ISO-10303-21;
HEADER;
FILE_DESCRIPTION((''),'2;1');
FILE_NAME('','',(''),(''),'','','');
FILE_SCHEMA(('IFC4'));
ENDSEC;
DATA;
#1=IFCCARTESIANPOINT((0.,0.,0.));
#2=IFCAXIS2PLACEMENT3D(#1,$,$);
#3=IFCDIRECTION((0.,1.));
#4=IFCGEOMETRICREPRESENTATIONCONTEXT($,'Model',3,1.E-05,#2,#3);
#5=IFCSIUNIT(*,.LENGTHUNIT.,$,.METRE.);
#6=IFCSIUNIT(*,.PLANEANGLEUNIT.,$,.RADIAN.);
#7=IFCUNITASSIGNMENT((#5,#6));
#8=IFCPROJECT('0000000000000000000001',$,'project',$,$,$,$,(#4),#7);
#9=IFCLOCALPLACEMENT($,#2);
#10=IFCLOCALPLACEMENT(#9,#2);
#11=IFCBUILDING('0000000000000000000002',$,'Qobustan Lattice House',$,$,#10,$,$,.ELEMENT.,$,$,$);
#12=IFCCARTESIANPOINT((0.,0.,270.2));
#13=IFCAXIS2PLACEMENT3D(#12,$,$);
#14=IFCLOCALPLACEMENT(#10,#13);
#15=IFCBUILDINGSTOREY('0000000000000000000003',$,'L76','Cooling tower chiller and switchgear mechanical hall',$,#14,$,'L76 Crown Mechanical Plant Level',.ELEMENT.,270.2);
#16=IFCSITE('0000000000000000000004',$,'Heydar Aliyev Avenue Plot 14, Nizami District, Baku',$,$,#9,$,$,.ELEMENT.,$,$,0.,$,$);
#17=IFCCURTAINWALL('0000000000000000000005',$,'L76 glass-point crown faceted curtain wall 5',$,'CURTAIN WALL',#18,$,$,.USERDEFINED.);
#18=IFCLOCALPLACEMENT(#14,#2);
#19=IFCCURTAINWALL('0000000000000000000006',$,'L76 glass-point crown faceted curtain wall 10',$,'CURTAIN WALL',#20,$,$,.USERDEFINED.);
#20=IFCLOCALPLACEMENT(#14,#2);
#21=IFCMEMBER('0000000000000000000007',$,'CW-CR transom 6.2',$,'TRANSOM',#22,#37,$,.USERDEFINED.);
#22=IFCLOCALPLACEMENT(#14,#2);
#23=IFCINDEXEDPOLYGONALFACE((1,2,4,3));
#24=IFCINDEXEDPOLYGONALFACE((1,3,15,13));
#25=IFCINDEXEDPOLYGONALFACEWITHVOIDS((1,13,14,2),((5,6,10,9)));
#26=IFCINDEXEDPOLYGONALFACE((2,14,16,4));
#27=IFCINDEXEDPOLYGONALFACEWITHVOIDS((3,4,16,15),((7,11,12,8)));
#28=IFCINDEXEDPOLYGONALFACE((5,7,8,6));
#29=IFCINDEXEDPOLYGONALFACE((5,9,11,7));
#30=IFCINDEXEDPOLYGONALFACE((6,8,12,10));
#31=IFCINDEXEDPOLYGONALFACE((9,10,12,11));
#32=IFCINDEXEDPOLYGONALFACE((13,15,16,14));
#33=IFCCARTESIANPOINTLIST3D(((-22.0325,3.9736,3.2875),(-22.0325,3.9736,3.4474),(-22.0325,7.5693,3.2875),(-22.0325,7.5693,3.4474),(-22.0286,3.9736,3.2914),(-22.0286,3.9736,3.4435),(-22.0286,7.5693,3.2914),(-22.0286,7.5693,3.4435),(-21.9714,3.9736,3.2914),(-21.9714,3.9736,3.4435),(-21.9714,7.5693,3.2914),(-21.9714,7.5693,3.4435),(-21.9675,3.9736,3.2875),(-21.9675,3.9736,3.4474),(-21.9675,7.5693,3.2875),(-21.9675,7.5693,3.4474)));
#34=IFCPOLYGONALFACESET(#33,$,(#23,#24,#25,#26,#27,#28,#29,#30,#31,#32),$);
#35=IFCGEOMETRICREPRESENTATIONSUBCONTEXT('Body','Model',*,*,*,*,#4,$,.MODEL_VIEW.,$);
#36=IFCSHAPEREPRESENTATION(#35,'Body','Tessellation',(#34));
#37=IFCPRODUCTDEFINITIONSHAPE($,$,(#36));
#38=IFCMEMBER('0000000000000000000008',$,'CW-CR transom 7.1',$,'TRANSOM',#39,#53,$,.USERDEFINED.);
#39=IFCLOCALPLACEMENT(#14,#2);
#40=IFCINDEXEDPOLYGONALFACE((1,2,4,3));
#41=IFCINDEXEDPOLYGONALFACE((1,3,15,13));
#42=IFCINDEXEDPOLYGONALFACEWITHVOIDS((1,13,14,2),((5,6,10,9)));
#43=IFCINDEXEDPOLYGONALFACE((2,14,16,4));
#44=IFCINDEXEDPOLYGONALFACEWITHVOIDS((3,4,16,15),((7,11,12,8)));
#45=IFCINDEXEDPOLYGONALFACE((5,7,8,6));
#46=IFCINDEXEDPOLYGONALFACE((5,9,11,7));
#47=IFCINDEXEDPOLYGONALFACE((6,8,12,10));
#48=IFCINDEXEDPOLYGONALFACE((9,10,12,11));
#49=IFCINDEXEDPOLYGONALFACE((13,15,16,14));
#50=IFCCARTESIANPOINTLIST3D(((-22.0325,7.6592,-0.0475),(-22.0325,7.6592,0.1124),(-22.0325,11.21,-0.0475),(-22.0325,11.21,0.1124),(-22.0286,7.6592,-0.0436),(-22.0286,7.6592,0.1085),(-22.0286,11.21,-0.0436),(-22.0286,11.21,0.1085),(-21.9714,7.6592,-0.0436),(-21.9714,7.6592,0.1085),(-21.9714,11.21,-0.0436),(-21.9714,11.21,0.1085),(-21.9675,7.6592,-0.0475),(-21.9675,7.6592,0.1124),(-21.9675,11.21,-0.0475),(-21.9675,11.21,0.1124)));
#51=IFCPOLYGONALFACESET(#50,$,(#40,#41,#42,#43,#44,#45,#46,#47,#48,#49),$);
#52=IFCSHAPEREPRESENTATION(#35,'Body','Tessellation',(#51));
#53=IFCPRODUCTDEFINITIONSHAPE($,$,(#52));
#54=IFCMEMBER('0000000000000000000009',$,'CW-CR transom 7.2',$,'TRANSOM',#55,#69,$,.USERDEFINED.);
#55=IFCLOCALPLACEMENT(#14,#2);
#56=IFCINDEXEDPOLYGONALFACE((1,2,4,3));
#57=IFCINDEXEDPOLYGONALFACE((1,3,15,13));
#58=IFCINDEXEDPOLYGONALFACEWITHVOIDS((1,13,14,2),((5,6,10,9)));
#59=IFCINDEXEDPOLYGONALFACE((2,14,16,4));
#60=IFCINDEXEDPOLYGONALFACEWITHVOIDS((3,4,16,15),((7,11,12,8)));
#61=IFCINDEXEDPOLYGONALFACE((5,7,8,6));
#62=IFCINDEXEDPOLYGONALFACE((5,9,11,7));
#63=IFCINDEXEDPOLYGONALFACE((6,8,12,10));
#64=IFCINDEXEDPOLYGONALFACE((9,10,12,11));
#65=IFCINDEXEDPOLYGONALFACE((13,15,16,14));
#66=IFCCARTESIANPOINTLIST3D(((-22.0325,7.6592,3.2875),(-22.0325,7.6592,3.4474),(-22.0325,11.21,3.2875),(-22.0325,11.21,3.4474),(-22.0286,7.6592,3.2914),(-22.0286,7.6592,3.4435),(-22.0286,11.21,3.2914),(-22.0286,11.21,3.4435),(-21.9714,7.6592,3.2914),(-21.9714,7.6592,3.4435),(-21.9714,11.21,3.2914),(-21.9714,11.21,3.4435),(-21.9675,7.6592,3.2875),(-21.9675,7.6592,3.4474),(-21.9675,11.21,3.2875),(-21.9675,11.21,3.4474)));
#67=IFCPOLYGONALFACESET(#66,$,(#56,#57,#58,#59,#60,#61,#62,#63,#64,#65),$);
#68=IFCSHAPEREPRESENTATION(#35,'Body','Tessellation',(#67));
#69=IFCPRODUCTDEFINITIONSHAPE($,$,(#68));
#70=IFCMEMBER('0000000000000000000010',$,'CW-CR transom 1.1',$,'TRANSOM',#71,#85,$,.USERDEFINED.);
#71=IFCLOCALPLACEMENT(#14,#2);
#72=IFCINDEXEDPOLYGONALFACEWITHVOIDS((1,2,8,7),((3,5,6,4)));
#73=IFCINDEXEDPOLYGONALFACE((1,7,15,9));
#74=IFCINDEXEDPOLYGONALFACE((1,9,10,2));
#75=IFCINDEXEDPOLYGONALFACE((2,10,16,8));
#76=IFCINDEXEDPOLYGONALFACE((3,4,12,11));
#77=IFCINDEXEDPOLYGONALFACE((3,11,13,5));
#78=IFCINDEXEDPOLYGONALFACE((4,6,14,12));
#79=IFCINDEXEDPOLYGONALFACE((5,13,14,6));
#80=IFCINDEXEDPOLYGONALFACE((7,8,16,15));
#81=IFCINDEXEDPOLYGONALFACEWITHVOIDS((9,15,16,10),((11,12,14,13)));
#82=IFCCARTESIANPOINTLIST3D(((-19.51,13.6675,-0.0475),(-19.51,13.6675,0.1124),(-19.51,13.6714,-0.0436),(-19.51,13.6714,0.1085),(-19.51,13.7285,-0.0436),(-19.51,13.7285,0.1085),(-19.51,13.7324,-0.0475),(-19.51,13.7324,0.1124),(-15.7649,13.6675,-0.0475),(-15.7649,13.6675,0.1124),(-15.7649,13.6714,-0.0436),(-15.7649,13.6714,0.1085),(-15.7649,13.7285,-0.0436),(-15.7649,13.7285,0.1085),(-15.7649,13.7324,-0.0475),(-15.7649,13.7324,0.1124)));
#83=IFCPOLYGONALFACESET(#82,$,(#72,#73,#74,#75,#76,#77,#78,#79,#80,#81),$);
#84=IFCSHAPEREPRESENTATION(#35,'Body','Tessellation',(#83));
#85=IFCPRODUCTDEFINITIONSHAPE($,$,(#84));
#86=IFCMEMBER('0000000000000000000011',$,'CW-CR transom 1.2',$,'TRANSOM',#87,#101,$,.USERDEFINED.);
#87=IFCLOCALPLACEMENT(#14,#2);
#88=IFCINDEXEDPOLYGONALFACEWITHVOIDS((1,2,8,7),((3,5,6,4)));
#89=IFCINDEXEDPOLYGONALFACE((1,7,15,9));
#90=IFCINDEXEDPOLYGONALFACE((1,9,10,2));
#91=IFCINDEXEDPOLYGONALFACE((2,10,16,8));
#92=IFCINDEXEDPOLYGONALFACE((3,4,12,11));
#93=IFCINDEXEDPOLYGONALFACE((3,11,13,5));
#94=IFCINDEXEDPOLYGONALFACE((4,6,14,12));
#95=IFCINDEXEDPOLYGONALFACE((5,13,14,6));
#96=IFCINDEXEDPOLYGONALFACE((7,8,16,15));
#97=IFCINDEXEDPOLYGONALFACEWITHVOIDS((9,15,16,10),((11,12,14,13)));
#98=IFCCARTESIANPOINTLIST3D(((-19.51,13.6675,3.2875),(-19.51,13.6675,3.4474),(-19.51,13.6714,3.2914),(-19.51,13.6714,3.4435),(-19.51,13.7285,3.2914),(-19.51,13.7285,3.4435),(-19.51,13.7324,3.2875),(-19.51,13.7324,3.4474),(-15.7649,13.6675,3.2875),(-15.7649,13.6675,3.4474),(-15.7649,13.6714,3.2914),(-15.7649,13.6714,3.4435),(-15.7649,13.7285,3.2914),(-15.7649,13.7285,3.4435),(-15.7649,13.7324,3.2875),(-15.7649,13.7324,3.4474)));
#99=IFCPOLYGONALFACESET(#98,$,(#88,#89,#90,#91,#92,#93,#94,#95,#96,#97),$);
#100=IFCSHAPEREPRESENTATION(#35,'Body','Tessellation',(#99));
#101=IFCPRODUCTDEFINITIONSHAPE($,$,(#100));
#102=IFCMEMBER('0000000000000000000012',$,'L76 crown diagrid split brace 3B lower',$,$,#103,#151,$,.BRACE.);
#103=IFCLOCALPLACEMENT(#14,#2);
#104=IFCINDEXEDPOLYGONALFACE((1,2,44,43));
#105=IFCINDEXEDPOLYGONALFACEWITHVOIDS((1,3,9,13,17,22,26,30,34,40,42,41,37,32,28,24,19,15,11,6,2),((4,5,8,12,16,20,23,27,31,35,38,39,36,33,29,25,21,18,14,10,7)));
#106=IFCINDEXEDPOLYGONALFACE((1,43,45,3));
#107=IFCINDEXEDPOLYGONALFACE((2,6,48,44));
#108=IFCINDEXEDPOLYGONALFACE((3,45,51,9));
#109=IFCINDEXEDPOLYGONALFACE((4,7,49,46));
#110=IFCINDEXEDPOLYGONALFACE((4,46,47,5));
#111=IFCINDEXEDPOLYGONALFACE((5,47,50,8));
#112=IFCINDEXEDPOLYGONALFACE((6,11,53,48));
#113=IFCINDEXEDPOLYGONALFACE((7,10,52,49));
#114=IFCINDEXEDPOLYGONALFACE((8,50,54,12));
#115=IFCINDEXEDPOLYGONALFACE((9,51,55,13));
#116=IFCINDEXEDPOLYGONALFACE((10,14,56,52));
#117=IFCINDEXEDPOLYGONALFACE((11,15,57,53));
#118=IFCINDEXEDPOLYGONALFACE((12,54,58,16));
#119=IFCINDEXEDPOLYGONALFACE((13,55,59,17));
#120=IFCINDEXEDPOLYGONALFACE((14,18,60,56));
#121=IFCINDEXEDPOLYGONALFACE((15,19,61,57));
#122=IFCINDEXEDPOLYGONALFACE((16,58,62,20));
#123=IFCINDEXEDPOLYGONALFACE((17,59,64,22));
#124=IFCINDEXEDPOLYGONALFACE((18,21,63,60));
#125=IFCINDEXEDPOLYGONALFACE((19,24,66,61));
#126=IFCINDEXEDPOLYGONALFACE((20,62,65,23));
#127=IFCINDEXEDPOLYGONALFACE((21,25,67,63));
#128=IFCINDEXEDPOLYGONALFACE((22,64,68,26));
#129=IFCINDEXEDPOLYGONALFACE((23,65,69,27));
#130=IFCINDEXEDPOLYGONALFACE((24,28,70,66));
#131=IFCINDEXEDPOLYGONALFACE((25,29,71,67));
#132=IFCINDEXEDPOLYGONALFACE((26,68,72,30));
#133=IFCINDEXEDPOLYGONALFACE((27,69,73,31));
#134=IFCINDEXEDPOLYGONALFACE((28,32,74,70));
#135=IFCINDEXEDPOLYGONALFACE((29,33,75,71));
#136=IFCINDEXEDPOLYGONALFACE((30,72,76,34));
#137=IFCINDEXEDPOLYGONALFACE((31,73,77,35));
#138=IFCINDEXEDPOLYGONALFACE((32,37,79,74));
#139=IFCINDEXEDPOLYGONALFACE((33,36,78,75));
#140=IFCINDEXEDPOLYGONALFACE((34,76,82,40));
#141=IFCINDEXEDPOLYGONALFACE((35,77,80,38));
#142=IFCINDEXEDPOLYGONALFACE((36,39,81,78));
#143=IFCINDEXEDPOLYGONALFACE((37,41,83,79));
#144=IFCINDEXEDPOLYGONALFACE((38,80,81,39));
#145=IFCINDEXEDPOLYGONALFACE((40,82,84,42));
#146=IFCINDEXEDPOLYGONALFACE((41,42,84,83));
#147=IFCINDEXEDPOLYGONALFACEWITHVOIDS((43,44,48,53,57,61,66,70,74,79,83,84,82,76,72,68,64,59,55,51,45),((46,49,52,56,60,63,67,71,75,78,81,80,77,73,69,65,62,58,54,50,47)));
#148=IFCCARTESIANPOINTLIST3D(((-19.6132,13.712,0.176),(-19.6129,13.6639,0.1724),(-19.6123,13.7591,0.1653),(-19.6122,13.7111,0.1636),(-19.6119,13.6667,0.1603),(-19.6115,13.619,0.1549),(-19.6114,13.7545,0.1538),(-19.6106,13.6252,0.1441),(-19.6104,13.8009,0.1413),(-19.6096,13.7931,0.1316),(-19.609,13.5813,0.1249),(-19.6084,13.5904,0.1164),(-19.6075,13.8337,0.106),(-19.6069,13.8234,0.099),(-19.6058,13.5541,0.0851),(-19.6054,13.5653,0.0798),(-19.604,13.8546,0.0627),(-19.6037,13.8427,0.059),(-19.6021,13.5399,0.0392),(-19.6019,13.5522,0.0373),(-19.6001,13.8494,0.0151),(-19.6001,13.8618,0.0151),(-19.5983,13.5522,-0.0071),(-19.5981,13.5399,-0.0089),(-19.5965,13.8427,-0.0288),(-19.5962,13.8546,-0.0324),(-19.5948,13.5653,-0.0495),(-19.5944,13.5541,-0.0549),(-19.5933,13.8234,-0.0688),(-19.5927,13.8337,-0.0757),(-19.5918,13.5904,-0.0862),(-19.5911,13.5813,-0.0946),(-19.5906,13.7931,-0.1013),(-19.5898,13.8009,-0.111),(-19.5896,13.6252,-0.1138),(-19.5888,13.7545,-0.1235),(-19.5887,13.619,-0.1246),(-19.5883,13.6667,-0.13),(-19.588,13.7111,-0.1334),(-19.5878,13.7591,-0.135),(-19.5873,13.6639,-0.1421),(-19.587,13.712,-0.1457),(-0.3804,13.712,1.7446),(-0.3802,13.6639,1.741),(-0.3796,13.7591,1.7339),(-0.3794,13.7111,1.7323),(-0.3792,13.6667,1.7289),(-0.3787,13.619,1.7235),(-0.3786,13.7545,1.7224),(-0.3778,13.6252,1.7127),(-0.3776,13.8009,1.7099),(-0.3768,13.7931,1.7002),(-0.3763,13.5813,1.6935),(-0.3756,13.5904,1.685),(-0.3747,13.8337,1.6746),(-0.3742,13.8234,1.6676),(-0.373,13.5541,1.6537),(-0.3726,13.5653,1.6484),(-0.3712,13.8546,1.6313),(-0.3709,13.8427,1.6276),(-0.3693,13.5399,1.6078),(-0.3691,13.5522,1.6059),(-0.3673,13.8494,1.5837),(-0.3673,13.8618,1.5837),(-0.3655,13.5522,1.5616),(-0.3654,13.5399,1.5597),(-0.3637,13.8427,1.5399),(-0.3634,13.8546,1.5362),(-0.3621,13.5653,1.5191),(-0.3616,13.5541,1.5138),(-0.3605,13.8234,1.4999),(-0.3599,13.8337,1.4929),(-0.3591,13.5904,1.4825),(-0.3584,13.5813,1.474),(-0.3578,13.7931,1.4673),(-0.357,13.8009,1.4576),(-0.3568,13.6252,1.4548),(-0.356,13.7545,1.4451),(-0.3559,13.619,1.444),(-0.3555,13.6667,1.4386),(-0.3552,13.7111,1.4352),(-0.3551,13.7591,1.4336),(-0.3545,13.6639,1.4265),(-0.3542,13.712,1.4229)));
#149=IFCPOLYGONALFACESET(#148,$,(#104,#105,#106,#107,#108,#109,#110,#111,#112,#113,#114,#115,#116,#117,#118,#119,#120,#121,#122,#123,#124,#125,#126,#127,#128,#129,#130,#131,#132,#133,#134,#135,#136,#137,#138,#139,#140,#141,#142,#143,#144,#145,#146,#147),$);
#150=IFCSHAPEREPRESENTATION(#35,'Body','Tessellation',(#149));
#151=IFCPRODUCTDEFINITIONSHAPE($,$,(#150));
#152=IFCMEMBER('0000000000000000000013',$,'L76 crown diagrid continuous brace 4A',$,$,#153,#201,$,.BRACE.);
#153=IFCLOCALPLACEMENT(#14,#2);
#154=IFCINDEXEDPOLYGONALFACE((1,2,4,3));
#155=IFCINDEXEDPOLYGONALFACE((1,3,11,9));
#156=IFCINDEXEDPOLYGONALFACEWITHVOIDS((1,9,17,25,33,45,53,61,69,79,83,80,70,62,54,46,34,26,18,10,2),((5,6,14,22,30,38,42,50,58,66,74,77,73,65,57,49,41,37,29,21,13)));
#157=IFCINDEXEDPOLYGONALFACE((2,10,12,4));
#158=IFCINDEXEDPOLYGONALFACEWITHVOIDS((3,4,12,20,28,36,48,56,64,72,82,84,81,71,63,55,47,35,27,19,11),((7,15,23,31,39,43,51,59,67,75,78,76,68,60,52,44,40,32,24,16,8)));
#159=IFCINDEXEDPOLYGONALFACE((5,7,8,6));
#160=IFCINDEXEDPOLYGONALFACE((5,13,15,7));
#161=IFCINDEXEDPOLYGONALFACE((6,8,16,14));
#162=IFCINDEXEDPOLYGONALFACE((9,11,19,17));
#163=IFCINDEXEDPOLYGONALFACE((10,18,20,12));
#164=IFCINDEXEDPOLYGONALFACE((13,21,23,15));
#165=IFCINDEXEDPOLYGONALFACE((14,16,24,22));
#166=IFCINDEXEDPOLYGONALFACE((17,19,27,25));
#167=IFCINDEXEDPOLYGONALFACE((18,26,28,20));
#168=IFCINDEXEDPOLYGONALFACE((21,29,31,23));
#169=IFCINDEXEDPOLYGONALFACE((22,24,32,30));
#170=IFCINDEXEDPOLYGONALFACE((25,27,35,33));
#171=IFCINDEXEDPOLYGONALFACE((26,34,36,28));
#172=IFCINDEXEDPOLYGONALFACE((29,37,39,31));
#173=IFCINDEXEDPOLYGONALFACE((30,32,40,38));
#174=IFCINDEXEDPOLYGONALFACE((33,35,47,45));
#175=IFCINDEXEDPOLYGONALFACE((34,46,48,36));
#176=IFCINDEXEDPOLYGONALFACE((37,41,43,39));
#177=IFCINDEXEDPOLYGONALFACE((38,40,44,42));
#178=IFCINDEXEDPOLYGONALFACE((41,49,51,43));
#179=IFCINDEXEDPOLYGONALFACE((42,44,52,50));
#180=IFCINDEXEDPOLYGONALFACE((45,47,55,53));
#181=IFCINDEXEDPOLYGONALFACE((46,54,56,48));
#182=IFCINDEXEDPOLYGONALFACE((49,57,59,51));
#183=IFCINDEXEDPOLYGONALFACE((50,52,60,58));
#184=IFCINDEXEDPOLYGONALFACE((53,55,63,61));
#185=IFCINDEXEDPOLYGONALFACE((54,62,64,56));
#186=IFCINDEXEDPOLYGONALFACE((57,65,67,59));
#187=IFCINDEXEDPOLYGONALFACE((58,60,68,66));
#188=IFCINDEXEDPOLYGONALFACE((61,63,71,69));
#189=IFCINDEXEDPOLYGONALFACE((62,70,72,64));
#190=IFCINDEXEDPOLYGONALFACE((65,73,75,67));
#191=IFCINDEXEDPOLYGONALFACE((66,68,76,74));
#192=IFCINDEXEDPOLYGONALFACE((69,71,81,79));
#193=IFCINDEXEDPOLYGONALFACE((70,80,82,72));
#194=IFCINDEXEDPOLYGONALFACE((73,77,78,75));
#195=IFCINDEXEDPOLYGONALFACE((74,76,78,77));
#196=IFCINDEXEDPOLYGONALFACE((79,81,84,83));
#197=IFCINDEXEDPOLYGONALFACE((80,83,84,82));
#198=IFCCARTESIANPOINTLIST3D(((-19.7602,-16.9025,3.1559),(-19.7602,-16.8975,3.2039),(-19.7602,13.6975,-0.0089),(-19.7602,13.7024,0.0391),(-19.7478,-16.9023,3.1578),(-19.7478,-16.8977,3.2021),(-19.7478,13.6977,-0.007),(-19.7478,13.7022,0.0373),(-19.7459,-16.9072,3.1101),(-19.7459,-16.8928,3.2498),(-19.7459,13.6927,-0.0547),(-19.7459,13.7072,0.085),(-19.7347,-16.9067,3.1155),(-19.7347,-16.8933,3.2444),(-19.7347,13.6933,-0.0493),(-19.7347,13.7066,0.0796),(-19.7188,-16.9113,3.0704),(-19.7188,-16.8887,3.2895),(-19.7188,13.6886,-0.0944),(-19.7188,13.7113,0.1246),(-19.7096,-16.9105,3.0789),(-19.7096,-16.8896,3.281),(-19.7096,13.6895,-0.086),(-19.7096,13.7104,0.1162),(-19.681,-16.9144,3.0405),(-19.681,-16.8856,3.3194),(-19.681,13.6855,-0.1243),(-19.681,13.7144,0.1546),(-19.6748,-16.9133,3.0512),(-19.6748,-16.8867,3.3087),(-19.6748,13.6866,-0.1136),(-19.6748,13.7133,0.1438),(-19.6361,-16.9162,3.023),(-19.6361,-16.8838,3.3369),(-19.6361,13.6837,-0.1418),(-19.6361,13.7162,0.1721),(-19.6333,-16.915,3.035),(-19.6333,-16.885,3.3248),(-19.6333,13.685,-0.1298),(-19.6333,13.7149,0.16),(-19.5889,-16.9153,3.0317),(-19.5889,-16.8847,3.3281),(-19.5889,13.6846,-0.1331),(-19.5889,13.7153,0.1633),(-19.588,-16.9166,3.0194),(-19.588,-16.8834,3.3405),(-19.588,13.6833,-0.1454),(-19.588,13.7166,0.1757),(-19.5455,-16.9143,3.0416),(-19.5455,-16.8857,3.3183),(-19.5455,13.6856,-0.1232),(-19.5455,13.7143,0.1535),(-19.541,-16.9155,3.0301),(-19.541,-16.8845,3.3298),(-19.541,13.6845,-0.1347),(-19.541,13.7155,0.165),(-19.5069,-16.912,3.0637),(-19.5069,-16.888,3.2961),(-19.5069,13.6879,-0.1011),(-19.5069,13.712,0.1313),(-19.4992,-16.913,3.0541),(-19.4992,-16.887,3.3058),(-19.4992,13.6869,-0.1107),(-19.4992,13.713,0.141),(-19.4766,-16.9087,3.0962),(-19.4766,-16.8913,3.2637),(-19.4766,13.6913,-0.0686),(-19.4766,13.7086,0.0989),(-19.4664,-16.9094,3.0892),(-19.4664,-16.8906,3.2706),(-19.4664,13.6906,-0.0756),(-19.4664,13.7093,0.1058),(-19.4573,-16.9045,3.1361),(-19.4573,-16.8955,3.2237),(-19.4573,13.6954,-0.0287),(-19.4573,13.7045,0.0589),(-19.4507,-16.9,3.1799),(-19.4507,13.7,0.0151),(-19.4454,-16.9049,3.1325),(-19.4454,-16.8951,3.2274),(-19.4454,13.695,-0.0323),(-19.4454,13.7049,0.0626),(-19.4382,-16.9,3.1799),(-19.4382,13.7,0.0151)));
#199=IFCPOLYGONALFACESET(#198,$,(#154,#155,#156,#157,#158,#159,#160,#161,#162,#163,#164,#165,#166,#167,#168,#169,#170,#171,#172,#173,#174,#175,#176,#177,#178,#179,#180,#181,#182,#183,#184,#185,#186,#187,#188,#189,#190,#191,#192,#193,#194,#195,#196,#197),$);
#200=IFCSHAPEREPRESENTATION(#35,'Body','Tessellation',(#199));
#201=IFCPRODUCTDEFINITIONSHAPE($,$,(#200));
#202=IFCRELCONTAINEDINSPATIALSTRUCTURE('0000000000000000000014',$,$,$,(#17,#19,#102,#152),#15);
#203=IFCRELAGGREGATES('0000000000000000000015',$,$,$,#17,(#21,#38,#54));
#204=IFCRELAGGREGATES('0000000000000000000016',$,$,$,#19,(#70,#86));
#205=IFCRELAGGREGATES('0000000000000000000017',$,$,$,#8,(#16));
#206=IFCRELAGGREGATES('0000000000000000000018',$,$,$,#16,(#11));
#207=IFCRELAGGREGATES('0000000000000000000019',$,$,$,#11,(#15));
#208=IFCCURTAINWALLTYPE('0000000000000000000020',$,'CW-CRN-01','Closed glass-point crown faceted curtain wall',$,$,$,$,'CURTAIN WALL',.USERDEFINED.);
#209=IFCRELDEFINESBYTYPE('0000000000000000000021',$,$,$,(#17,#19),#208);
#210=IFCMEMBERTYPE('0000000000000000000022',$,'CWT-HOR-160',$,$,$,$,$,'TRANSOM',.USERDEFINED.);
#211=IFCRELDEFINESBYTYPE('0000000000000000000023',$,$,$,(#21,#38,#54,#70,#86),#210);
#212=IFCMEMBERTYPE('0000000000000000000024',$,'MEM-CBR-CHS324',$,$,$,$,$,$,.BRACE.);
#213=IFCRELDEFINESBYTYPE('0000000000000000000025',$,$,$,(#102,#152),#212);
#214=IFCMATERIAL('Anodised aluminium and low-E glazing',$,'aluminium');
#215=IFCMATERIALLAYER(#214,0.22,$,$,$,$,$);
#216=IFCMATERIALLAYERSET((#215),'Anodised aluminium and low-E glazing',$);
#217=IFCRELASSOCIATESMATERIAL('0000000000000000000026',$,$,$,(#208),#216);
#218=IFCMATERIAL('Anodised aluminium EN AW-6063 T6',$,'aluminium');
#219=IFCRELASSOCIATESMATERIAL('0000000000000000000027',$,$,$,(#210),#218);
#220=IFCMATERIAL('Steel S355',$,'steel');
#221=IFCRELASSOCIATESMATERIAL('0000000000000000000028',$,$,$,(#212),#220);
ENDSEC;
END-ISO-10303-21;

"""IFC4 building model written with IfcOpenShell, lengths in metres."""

from ifc_helpers import new_model, si_unit, direction, frame, origin, origin_2d, place, context, subcontext, project, spatial, hollow_rectangle, hollow_circle, extrude, material, layer, layer_set, material_profile, profile_set, type_object, element, aggregate, save


model = new_model("IFC4")

# Units and contexts
model_context = context("Model", 3, precision=1e-05, world=origin(), true_north=direction((0.0, 1.0)))
body_context = subcontext(model_context, "Body", "Model", "MODEL_VIEW")
ifc_project = project(units=[si_unit("LENGTHUNIT", "METRE"), si_unit("PLANEANGLEUNIT", "RADIAN")], contexts=[model_context])

# Site, building, storey
site_placement = place(None, origin())
site = spatial("IfcSite", under=ifc_project, at=site_placement, Name="Heydar Aliyev Avenue Plot 14, Nizami District, Baku", CompositionType="ELEMENT", RefElevation=0.0)
building_placement = place(site_placement, origin())
building = spatial("IfcBuilding", under=site, at=building_placement, Name="Qobustan Lattice House", CompositionType="ELEMENT")
storey_placement = place(building_placement, frame((0.0, 0.0, 270.2)))
storey = spatial("IfcBuildingStorey", under=building, at=storey_placement, Name="L76", Description="Cooling tower chiller and switchgear mechanical hall", LongName="L76 Crown Mechanical Plant Level", CompositionType="ELEMENT", Elevation=270.2)

# Curtain wall
ifc_material_1 = material(Name="Anodised aluminium and low-E glazing", Category="aluminium")
ifc_layer_1 = layer(ifc_material_1, 0.22)
ifc_layer_set_1 = layer_set([ifc_layer_1], Name="Anodised aluminium and low-E glazing")
curtain_wall_type = type_object("IfcCurtainWallType", Name="CW-CRN-01", Description="Closed glass-point crown faceted curtain wall", ElementType="CURTAIN WALL", PredefinedType="USERDEFINED", material=ifc_layer_set_1)
curtain_wall_1_placement = place(storey_placement, origin())
curtain_wall_1 = element("IfcCurtainWall", 1, at=curtain_wall_1_placement, inside=storey, type_object=curtain_wall_type, Name="L76 glass-point crown faceted curtain wall 5", ObjectType="CURTAIN WALL", PredefinedType="USERDEFINED")

# Curtain wall
curtain_wall_2_placement = place(storey_placement, origin())
curtain_wall_2 = element("IfcCurtainWall", 2, at=curtain_wall_2_placement, inside=storey, type_object=curtain_wall_type, Name="L76 glass-point crown faceted curtain wall 10", ObjectType="CURTAIN WALL", PredefinedType="USERDEFINED")

# Members
ifc_material_2 = material(Name="Anodised aluminium EN AW-6063 T6", Category="aluminium")
ifc_material_profile_1 = material_profile(ifc_material_2, hollow_rectangle(XDim=0.0649, YDim=0.1599, WallThickness=0.0039, at=origin_2d()), Name="CWT-160x65")
ifc_profile_set_1 = profile_set([ifc_material_profile_1], Name="Anodised aluminium EN AW-6063 T6")
member_type_1 = type_object("IfcMemberType", Name="CWT-HOR-160", ElementType="TRANSOM", PredefinedType="USERDEFINED", material=ifc_profile_set_1)
member_1_placement = place(storey_placement, frame((-22.0, 3.9736, 3.3674), z_axis=(0.0, 1.0, 0.0), x_axis=(-1.0, 0.0, 0.0)))
member_1 = element("IfcMember", 3, at=member_1_placement, type_object=member_type_1, Name="CW-CR transom 6.2", ObjectType="TRANSOM", PredefinedType="USERDEFINED", context=body_context, shape_type="SweptSolid", body=[
    extrude(hollow_rectangle(XDim=0.0649, YDim=0.1599, WallThickness=0.0039, at=origin_2d()), origin(), (0.0, 0.0, 1.0), 3.5957),
])
member_2_placement = place(storey_placement, frame((-22.0, 7.6592, 0.0325), z_axis=(0.0, 1.0, 0.0), x_axis=(-1.0, 0.0, 0.0)))
member_2 = element("IfcMember", 4, at=member_2_placement, type_object=member_type_1, Name="CW-CR transom 7.1", ObjectType="TRANSOM", PredefinedType="USERDEFINED", context=body_context, shape_type="SweptSolid", body=[
    extrude(hollow_rectangle(XDim=0.0649, YDim=0.1599, WallThickness=0.0039, at=origin_2d()), origin(), (0.0, 0.0, 1.0), 3.5508),
])
member_3_placement = place(storey_placement, frame((-22.0, 7.6592, 3.3674), z_axis=(0.0, 1.0, 0.0), x_axis=(-1.0, 0.0, 0.0)))
member_3 = element("IfcMember", 5, at=member_3_placement, type_object=member_type_1, Name="CW-CR transom 7.2", ObjectType="TRANSOM", PredefinedType="USERDEFINED", context=body_context, shape_type="SweptSolid", body=[
    extrude(hollow_rectangle(XDim=0.0649, YDim=0.1599, WallThickness=0.0039, at=origin_2d()), origin(), (0.0, 0.0, 1.0), 3.5508),
])
member_4_placement = place(storey_placement, frame((-19.51, 13.7, 0.0325), z_axis=(1.0, 0.0, 0.0), x_axis=(0.0, 1.0, 0.0)))
member_4 = element("IfcMember", 6, at=member_4_placement, type_object=member_type_1, Name="CW-CR transom 1.1", ObjectType="TRANSOM", PredefinedType="USERDEFINED", context=body_context, shape_type="SweptSolid", body=[
    extrude(hollow_rectangle(XDim=0.0649, YDim=0.1599, WallThickness=0.0039, at=origin_2d()), origin(), (0.0, 0.0, 1.0), 3.7451),
])
member_5_placement = place(storey_placement, frame((-19.51, 13.7, 3.3674), z_axis=(1.0, 0.0, 0.0), x_axis=(0.0, 1.0, 0.0)))
member_5 = element("IfcMember", 7, at=member_5_placement, type_object=member_type_1, Name="CW-CR transom 1.2", ObjectType="TRANSOM", PredefinedType="USERDEFINED", context=body_context, shape_type="SweptSolid", body=[
    extrude(hollow_rectangle(XDim=0.0649, YDim=0.1599, WallThickness=0.0039, at=origin_2d()), origin(), (0.0, 0.0, 1.0), 3.7451),
])

# Members
ifc_material_3 = material(Name="Steel S355", Category="steel")
ifc_material_profile_2 = material_profile(ifc_material_3, hollow_circle(Radius=0.1619, WallThickness=0.0125, at=origin_2d()), Name="CHS323.9x12.5")
ifc_profile_set_2 = profile_set([ifc_material_profile_2], Name="Steel S355")
member_type_2 = type_object("IfcMemberType", Name="MEM-CBR-CHS324", PredefinedType="BRACE", material=ifc_profile_set_2)
member_6_placement = place(storey_placement, frame((-19.6001, 13.7, 0.0151), z_axis=(0.996691, 0.0, 0.081289), x_axis=(0.0, 1.0, 0.0)))
element("IfcMember", 8, at=member_6_placement, inside=storey, type_object=member_type_2, Name="L76 crown diagrid split brace 3B lower", PredefinedType="BRACE", context=body_context, shape_type="SweptSolid", body=[
    extrude(hollow_circle(Radius=0.1619, WallThickness=0.0125, at=origin_2d()), origin(), (0.0, 0.0, 1.0), 19.2966),
])
member_7_placement = place(storey_placement, frame((-19.6001, 13.7, 0.0151), z_axis=(0.0, -0.994694, 0.102876), x_axis=(1.0, 0.0, 0.0)))
element("IfcMember", 9, at=member_7_placement, inside=storey, type_object=member_type_2, Name="L76 crown diagrid continuous brace 4A", PredefinedType="BRACE", context=body_context, shape_type="SweptSolid", body=[
    extrude(hollow_circle(Radius=0.1619, WallThickness=0.0125, at=origin_2d()), origin(), (0.0, 0.0, 1.0), 30.7632),
])

aggregate(curtain_wall_1, [member_1, member_2, member_3])
aggregate(curtain_wall_2, [member_4, member_5])

save(model, "model.ifc")
